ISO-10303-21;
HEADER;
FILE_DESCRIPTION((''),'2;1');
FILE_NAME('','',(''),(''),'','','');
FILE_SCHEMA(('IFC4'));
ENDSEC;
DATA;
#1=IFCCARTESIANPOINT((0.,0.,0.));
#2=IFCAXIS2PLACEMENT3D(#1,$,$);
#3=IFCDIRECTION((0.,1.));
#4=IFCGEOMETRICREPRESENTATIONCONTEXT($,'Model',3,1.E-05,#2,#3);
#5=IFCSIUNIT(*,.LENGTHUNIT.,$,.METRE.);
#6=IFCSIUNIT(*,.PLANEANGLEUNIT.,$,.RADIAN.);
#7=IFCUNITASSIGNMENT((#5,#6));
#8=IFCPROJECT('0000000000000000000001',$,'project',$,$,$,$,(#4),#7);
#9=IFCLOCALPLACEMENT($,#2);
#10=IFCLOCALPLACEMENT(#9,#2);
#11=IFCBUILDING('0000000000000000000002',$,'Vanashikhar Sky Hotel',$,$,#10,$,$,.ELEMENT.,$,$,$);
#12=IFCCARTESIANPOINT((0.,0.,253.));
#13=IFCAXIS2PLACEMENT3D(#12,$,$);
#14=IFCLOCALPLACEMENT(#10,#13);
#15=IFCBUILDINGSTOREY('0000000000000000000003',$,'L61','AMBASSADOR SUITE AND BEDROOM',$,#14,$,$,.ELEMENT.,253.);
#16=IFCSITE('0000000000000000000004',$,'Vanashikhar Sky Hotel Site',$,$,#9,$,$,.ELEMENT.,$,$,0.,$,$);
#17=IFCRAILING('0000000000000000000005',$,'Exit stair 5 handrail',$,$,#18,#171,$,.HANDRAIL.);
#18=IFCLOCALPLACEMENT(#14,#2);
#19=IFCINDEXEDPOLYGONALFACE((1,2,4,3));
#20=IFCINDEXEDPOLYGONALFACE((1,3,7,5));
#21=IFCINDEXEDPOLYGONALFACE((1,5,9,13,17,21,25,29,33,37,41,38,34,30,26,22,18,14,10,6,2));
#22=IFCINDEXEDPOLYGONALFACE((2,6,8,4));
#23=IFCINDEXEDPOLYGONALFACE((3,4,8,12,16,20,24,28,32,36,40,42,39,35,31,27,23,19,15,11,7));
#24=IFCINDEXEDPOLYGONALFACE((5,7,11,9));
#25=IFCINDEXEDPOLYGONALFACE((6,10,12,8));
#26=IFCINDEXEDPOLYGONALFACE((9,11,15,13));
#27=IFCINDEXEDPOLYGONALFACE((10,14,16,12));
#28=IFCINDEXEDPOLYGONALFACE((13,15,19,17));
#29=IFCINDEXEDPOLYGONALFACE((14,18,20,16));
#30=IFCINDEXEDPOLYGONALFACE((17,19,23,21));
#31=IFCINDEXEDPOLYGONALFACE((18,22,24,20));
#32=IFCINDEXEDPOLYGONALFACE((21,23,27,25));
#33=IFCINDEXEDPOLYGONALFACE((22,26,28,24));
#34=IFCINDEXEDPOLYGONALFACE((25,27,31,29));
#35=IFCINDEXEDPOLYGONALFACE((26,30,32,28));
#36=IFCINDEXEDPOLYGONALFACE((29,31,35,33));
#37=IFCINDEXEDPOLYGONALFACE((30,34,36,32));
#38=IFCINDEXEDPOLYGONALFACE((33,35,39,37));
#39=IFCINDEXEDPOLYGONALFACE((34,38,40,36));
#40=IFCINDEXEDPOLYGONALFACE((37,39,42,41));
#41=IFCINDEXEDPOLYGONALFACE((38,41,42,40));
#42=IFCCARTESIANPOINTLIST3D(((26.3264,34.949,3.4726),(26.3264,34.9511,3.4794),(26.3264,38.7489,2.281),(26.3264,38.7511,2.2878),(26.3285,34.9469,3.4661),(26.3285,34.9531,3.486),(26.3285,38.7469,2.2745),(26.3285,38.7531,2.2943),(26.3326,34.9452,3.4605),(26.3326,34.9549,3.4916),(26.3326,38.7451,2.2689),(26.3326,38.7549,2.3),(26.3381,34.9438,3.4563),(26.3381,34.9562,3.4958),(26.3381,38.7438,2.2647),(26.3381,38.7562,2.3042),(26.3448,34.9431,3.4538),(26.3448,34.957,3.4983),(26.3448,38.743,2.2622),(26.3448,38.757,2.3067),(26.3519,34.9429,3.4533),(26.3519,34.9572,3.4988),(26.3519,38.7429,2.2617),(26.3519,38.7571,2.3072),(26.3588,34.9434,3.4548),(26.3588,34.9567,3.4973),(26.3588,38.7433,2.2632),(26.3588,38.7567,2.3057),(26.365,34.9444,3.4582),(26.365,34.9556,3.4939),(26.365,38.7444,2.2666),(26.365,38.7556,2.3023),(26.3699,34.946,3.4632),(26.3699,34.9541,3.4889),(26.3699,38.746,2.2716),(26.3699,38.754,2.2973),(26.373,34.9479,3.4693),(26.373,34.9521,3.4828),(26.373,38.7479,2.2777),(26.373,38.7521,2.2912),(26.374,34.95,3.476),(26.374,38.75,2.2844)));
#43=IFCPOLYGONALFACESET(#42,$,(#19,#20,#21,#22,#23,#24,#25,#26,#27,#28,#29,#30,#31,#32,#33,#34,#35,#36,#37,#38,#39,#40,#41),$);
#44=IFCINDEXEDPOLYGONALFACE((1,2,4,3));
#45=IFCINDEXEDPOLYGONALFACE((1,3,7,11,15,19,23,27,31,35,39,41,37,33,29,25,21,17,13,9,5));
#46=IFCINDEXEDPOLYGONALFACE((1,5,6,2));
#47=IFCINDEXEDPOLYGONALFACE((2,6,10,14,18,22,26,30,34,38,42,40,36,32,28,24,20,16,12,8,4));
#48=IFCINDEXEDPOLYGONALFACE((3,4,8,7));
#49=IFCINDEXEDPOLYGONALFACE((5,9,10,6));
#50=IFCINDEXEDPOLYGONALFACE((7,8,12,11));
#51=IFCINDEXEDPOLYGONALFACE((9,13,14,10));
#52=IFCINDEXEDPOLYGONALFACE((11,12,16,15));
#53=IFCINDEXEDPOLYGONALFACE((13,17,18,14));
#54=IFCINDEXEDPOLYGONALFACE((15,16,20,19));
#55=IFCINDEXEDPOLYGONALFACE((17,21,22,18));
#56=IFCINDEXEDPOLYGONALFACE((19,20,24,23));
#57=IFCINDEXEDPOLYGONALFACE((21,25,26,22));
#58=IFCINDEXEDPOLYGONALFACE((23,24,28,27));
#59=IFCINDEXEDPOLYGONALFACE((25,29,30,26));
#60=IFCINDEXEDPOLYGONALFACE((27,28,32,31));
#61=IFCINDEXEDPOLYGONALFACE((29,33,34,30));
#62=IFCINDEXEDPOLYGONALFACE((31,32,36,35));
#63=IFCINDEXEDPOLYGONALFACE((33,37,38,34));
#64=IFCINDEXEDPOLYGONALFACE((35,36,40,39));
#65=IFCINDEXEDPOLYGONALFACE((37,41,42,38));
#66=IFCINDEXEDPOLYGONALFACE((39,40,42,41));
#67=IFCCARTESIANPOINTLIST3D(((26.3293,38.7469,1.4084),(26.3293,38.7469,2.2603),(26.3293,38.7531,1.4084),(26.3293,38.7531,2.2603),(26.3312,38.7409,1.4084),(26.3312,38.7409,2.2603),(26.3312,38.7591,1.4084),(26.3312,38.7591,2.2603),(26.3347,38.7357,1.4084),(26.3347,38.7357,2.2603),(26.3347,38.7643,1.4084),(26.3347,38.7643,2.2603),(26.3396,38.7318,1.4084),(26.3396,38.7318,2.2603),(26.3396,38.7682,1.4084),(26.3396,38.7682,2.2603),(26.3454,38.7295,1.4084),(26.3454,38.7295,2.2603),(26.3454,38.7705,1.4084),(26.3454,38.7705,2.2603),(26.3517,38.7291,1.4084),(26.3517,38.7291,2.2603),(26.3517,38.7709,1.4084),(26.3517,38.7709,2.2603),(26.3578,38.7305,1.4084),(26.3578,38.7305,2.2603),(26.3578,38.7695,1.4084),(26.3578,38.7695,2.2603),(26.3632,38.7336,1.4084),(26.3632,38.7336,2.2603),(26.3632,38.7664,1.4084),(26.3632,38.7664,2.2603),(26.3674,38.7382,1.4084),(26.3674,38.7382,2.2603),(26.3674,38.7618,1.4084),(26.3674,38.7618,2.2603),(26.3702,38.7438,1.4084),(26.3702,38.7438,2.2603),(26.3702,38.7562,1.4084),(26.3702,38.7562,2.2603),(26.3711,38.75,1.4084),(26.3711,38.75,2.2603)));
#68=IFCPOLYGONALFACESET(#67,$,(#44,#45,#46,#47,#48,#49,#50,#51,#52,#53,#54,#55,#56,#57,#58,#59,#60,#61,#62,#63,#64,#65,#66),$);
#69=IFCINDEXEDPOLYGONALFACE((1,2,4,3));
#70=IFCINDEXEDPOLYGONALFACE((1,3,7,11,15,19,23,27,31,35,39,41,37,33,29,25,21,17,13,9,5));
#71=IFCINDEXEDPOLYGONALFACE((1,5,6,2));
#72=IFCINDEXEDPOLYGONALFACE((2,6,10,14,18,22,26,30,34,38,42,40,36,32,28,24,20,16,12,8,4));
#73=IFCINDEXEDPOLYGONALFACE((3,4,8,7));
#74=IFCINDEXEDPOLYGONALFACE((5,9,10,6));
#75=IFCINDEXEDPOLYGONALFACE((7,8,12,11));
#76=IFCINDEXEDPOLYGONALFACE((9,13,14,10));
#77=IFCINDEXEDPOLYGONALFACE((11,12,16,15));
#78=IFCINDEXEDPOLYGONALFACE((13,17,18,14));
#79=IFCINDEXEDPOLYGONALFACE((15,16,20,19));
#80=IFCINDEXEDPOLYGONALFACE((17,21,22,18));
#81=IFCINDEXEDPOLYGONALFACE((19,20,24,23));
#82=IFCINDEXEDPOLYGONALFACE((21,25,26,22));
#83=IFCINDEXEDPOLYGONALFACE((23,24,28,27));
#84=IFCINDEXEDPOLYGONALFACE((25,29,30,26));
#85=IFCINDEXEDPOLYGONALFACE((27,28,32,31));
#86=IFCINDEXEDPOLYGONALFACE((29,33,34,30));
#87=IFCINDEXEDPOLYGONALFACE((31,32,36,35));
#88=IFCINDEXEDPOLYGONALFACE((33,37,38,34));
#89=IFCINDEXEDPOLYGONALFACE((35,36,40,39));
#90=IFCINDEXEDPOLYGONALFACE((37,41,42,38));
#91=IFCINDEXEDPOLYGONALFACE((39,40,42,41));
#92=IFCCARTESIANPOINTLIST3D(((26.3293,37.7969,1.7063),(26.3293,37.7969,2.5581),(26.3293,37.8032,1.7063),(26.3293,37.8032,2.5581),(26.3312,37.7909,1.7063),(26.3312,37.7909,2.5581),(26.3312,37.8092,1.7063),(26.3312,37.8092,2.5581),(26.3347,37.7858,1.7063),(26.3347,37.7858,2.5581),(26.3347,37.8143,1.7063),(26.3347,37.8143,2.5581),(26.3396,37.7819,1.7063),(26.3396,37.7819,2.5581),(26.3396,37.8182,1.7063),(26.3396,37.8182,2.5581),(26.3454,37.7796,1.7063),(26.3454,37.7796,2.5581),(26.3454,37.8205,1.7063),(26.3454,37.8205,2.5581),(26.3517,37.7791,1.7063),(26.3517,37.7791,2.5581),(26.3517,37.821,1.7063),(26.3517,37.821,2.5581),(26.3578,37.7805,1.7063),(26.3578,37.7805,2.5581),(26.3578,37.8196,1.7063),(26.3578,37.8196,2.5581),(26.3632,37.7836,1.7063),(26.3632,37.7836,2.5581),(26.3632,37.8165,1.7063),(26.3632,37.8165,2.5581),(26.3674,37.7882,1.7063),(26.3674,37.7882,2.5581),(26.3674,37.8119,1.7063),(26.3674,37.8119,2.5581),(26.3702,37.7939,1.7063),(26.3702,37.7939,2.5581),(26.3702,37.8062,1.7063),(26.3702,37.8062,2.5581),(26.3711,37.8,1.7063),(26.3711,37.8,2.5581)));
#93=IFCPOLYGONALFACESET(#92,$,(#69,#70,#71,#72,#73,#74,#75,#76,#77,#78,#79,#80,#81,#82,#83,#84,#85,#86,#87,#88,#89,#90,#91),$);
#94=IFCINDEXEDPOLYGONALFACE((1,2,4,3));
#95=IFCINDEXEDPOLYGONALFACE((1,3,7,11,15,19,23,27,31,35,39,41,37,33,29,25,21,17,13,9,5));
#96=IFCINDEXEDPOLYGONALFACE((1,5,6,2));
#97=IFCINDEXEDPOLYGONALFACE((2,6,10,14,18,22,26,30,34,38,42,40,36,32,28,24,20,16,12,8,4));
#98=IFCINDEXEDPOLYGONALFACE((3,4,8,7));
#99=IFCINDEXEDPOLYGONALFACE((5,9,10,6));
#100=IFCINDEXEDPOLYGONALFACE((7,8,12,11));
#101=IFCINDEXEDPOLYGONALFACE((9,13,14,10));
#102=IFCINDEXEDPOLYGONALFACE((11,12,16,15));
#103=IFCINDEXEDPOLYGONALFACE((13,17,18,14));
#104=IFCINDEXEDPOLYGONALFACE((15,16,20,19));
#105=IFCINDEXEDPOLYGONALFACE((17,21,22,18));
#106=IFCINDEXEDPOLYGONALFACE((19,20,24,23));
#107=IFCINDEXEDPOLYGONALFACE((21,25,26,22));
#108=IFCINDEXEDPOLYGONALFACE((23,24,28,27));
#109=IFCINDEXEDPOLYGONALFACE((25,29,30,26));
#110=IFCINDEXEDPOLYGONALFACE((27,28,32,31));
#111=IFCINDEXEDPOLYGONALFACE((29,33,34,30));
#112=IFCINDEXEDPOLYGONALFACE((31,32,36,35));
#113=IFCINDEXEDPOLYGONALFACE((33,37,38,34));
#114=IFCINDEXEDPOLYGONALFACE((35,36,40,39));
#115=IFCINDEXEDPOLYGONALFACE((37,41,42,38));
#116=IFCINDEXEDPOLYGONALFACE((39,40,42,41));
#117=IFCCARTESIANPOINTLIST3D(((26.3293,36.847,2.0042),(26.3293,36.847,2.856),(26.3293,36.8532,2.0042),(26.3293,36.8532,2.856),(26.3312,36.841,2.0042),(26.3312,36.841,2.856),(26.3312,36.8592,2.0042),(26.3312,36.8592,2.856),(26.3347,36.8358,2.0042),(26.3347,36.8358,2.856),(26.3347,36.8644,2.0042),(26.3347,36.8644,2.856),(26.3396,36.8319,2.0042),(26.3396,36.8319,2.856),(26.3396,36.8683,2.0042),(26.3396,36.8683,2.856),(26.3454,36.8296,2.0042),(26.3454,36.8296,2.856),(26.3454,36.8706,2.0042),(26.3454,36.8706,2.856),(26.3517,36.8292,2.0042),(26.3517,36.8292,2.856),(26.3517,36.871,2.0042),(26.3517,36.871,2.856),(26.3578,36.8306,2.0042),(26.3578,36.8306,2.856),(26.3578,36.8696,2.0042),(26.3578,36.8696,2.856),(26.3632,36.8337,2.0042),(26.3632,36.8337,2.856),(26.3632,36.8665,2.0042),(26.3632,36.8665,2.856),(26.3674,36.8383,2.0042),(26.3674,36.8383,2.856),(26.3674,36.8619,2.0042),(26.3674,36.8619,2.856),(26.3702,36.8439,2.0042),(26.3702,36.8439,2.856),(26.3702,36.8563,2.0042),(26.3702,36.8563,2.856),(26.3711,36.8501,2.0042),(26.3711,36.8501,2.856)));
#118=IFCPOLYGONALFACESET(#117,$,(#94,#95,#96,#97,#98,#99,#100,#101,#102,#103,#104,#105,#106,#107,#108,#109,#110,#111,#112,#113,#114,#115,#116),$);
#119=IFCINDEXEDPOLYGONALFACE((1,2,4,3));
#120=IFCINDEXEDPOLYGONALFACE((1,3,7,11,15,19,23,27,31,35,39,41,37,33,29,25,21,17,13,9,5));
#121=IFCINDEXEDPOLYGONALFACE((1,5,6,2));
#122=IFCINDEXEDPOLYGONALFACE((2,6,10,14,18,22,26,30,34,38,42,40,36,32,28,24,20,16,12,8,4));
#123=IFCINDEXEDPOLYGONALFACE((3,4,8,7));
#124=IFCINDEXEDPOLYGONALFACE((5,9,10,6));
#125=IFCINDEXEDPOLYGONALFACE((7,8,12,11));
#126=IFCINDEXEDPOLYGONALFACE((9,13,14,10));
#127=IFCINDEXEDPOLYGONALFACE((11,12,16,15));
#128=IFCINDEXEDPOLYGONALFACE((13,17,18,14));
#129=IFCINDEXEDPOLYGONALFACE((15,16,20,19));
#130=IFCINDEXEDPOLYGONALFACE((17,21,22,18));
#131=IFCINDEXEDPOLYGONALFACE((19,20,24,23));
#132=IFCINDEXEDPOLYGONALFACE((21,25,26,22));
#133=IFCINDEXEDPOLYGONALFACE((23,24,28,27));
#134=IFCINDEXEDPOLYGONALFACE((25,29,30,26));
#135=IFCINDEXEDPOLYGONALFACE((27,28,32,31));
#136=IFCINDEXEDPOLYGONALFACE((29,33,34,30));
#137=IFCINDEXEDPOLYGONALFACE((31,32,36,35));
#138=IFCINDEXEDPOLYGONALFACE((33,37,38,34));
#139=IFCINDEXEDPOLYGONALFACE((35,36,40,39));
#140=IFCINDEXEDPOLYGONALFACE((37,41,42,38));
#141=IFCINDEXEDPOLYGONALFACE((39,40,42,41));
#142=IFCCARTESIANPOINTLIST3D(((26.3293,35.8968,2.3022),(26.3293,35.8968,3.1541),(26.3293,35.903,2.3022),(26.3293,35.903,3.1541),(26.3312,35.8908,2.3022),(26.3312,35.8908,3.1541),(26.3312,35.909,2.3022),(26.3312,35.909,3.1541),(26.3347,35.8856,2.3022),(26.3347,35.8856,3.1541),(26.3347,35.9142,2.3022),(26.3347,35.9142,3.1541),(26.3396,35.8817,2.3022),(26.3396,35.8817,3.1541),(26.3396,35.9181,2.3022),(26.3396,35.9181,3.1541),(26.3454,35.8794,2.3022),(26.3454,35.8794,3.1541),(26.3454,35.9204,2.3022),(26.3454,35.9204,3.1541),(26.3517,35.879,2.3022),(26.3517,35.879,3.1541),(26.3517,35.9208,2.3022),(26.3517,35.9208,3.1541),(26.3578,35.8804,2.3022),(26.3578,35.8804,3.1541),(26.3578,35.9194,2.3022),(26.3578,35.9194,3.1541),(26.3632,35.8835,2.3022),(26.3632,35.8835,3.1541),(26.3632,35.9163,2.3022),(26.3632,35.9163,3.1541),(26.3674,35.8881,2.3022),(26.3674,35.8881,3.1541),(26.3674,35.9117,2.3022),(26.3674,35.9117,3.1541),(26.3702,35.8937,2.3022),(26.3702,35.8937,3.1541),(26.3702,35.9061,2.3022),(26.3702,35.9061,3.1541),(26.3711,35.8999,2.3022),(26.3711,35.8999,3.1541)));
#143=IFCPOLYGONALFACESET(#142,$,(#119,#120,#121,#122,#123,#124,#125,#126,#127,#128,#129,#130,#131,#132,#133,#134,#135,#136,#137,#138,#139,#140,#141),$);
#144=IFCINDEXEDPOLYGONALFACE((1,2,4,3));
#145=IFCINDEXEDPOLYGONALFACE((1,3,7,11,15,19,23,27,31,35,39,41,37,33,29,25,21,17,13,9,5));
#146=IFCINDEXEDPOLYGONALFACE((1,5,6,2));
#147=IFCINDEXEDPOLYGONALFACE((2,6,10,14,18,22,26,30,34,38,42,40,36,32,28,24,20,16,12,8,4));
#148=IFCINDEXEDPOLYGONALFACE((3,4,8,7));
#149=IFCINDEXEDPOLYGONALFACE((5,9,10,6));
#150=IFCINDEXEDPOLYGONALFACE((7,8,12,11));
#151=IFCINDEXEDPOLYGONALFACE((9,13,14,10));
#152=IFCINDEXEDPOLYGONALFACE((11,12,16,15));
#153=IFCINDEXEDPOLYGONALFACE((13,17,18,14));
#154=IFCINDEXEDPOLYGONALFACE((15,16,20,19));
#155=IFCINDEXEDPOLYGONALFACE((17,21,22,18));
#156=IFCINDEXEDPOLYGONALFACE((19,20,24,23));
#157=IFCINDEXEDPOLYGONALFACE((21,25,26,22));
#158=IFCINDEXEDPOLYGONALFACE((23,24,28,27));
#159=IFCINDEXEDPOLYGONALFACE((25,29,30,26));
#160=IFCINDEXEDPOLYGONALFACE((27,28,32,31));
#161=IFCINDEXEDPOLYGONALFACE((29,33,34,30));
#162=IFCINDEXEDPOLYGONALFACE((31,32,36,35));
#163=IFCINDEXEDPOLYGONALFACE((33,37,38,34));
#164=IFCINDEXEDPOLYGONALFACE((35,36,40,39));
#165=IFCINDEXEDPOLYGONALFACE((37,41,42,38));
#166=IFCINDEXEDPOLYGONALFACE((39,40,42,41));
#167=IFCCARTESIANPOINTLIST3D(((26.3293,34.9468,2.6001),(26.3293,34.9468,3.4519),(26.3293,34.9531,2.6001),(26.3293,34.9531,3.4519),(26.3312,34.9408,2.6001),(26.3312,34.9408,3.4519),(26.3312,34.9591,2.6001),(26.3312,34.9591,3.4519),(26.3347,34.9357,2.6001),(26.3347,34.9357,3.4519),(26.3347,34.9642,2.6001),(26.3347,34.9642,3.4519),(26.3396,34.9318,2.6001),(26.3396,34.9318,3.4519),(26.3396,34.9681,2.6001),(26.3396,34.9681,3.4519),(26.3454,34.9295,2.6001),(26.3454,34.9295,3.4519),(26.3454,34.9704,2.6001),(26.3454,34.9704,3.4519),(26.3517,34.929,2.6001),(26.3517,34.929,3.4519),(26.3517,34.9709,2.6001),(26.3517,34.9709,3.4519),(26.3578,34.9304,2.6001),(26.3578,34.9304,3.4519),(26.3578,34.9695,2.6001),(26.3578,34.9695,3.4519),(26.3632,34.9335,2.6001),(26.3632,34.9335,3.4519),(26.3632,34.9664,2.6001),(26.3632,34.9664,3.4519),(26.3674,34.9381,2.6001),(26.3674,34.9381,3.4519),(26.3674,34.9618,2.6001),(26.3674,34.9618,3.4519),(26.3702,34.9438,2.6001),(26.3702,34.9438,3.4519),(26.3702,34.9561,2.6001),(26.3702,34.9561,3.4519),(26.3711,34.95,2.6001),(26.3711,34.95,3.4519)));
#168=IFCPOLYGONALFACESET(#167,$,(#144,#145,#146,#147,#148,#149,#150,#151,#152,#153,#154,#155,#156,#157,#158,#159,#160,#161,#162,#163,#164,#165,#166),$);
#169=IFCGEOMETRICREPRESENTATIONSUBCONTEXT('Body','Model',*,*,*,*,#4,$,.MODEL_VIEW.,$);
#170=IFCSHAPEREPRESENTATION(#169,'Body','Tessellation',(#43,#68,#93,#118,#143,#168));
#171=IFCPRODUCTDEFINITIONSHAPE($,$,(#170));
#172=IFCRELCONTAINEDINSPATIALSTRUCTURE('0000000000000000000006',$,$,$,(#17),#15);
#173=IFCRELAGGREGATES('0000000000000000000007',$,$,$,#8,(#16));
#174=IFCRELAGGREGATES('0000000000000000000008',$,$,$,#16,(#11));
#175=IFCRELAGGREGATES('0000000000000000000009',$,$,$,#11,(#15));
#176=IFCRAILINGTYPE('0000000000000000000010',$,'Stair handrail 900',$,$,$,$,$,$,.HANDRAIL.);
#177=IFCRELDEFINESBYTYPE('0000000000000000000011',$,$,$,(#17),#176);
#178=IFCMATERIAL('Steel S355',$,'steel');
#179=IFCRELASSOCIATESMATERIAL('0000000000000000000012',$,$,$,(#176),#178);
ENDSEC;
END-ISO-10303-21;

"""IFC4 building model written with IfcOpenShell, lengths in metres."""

from ifc_helpers import new_model, si_unit, direction, frame, origin, origin_2d, place, context, subcontext, project, spatial, circle, extrude, source, transform, mapped, material, type_object, element, save


model = new_model("IFC4")

# Units and contexts
model_context = context("Model", 3, precision=1e-05, world=origin(), true_north=direction((0.0, 1.0)))
body_context = subcontext(model_context, "Body", "Model", "MODEL_VIEW")
ifc_project = project(units=[si_unit("LENGTHUNIT", "METRE"), si_unit("PLANEANGLEUNIT", "RADIAN")], contexts=[model_context])

# Site, building, storey
site_placement = place(None, origin())
site = spatial("IfcSite", under=ifc_project, at=site_placement, Name="Vanashikhar Sky Hotel Site", CompositionType="ELEMENT", RefElevation=0.0)
building_placement = place(site_placement, origin())
building = spatial("IfcBuilding", under=site, at=building_placement, Name="Vanashikhar Sky Hotel", CompositionType="ELEMENT")
storey_placement = place(building_placement, frame((0.0, 0.0, 253.0)))
storey = spatial("IfcBuildingStorey", under=building, at=storey_placement, Name="L61", Description="AMBASSADOR SUITE AND BEDROOM", CompositionType="ELEMENT", Elevation=253.0)

# Railing
ifc_material_1 = material(Name="Steel S355", Category="steel")
railing_type_1 = type_object("IfcRailingType", Name="Stair handrail 900", PredefinedType="HANDRAIL", material=ifc_material_1)
shared_shape_1 = source(origin(), body_context, "Body", "SweptSolid", [
    extrude(circle(Radius=0.0239, at=origin_2d()), frame((0.0, 0.0, 0.876), z_axis=(0.0, -0.954184, 0.299221), x_axis=(1.0, 0.0, 0.0)), (0.0, 0.0, 1.0), 3.9824),
    extrude(circle(Radius=0.021, at=origin_2d()), origin(), (0.0, 0.0, 1.0), 0.8518),
    extrude(circle(Radius=0.021, at=origin_2d()), frame((0.0, -0.95, 0.2979)), (0.0, 0.0, 1.0), 0.8518),
    extrude(circle(Radius=0.021, at=origin_2d()), frame((0.0, -1.8999, 0.5957)), (0.0, 0.0, 1.0), 0.8518),
    extrude(circle(Radius=0.021, at=origin_2d()), frame((0.0, -2.8501, 0.8938)), (0.0, 0.0, 1.0), 0.8518),
    extrude(circle(Radius=0.021, at=origin_2d()), frame((0.0, -3.8, 1.1917)), (0.0, 0.0, 1.0), 0.8518),
])
railing_1_placement = place(storey_placement, frame((26.3501, 38.75, 1.4084)))
element("IfcRailing", 1, at=railing_1_placement, inside=storey, type_object=railing_type_1, Name="Exit stair 5 handrail", PredefinedType="HANDRAIL", context=body_context, shape_type="MappedRepresentation", body=[
    mapped(shared_shape_1, transform((0.0, 0.0, 0.0), scale=1.0)),
])

save(model, "model.ifc")
